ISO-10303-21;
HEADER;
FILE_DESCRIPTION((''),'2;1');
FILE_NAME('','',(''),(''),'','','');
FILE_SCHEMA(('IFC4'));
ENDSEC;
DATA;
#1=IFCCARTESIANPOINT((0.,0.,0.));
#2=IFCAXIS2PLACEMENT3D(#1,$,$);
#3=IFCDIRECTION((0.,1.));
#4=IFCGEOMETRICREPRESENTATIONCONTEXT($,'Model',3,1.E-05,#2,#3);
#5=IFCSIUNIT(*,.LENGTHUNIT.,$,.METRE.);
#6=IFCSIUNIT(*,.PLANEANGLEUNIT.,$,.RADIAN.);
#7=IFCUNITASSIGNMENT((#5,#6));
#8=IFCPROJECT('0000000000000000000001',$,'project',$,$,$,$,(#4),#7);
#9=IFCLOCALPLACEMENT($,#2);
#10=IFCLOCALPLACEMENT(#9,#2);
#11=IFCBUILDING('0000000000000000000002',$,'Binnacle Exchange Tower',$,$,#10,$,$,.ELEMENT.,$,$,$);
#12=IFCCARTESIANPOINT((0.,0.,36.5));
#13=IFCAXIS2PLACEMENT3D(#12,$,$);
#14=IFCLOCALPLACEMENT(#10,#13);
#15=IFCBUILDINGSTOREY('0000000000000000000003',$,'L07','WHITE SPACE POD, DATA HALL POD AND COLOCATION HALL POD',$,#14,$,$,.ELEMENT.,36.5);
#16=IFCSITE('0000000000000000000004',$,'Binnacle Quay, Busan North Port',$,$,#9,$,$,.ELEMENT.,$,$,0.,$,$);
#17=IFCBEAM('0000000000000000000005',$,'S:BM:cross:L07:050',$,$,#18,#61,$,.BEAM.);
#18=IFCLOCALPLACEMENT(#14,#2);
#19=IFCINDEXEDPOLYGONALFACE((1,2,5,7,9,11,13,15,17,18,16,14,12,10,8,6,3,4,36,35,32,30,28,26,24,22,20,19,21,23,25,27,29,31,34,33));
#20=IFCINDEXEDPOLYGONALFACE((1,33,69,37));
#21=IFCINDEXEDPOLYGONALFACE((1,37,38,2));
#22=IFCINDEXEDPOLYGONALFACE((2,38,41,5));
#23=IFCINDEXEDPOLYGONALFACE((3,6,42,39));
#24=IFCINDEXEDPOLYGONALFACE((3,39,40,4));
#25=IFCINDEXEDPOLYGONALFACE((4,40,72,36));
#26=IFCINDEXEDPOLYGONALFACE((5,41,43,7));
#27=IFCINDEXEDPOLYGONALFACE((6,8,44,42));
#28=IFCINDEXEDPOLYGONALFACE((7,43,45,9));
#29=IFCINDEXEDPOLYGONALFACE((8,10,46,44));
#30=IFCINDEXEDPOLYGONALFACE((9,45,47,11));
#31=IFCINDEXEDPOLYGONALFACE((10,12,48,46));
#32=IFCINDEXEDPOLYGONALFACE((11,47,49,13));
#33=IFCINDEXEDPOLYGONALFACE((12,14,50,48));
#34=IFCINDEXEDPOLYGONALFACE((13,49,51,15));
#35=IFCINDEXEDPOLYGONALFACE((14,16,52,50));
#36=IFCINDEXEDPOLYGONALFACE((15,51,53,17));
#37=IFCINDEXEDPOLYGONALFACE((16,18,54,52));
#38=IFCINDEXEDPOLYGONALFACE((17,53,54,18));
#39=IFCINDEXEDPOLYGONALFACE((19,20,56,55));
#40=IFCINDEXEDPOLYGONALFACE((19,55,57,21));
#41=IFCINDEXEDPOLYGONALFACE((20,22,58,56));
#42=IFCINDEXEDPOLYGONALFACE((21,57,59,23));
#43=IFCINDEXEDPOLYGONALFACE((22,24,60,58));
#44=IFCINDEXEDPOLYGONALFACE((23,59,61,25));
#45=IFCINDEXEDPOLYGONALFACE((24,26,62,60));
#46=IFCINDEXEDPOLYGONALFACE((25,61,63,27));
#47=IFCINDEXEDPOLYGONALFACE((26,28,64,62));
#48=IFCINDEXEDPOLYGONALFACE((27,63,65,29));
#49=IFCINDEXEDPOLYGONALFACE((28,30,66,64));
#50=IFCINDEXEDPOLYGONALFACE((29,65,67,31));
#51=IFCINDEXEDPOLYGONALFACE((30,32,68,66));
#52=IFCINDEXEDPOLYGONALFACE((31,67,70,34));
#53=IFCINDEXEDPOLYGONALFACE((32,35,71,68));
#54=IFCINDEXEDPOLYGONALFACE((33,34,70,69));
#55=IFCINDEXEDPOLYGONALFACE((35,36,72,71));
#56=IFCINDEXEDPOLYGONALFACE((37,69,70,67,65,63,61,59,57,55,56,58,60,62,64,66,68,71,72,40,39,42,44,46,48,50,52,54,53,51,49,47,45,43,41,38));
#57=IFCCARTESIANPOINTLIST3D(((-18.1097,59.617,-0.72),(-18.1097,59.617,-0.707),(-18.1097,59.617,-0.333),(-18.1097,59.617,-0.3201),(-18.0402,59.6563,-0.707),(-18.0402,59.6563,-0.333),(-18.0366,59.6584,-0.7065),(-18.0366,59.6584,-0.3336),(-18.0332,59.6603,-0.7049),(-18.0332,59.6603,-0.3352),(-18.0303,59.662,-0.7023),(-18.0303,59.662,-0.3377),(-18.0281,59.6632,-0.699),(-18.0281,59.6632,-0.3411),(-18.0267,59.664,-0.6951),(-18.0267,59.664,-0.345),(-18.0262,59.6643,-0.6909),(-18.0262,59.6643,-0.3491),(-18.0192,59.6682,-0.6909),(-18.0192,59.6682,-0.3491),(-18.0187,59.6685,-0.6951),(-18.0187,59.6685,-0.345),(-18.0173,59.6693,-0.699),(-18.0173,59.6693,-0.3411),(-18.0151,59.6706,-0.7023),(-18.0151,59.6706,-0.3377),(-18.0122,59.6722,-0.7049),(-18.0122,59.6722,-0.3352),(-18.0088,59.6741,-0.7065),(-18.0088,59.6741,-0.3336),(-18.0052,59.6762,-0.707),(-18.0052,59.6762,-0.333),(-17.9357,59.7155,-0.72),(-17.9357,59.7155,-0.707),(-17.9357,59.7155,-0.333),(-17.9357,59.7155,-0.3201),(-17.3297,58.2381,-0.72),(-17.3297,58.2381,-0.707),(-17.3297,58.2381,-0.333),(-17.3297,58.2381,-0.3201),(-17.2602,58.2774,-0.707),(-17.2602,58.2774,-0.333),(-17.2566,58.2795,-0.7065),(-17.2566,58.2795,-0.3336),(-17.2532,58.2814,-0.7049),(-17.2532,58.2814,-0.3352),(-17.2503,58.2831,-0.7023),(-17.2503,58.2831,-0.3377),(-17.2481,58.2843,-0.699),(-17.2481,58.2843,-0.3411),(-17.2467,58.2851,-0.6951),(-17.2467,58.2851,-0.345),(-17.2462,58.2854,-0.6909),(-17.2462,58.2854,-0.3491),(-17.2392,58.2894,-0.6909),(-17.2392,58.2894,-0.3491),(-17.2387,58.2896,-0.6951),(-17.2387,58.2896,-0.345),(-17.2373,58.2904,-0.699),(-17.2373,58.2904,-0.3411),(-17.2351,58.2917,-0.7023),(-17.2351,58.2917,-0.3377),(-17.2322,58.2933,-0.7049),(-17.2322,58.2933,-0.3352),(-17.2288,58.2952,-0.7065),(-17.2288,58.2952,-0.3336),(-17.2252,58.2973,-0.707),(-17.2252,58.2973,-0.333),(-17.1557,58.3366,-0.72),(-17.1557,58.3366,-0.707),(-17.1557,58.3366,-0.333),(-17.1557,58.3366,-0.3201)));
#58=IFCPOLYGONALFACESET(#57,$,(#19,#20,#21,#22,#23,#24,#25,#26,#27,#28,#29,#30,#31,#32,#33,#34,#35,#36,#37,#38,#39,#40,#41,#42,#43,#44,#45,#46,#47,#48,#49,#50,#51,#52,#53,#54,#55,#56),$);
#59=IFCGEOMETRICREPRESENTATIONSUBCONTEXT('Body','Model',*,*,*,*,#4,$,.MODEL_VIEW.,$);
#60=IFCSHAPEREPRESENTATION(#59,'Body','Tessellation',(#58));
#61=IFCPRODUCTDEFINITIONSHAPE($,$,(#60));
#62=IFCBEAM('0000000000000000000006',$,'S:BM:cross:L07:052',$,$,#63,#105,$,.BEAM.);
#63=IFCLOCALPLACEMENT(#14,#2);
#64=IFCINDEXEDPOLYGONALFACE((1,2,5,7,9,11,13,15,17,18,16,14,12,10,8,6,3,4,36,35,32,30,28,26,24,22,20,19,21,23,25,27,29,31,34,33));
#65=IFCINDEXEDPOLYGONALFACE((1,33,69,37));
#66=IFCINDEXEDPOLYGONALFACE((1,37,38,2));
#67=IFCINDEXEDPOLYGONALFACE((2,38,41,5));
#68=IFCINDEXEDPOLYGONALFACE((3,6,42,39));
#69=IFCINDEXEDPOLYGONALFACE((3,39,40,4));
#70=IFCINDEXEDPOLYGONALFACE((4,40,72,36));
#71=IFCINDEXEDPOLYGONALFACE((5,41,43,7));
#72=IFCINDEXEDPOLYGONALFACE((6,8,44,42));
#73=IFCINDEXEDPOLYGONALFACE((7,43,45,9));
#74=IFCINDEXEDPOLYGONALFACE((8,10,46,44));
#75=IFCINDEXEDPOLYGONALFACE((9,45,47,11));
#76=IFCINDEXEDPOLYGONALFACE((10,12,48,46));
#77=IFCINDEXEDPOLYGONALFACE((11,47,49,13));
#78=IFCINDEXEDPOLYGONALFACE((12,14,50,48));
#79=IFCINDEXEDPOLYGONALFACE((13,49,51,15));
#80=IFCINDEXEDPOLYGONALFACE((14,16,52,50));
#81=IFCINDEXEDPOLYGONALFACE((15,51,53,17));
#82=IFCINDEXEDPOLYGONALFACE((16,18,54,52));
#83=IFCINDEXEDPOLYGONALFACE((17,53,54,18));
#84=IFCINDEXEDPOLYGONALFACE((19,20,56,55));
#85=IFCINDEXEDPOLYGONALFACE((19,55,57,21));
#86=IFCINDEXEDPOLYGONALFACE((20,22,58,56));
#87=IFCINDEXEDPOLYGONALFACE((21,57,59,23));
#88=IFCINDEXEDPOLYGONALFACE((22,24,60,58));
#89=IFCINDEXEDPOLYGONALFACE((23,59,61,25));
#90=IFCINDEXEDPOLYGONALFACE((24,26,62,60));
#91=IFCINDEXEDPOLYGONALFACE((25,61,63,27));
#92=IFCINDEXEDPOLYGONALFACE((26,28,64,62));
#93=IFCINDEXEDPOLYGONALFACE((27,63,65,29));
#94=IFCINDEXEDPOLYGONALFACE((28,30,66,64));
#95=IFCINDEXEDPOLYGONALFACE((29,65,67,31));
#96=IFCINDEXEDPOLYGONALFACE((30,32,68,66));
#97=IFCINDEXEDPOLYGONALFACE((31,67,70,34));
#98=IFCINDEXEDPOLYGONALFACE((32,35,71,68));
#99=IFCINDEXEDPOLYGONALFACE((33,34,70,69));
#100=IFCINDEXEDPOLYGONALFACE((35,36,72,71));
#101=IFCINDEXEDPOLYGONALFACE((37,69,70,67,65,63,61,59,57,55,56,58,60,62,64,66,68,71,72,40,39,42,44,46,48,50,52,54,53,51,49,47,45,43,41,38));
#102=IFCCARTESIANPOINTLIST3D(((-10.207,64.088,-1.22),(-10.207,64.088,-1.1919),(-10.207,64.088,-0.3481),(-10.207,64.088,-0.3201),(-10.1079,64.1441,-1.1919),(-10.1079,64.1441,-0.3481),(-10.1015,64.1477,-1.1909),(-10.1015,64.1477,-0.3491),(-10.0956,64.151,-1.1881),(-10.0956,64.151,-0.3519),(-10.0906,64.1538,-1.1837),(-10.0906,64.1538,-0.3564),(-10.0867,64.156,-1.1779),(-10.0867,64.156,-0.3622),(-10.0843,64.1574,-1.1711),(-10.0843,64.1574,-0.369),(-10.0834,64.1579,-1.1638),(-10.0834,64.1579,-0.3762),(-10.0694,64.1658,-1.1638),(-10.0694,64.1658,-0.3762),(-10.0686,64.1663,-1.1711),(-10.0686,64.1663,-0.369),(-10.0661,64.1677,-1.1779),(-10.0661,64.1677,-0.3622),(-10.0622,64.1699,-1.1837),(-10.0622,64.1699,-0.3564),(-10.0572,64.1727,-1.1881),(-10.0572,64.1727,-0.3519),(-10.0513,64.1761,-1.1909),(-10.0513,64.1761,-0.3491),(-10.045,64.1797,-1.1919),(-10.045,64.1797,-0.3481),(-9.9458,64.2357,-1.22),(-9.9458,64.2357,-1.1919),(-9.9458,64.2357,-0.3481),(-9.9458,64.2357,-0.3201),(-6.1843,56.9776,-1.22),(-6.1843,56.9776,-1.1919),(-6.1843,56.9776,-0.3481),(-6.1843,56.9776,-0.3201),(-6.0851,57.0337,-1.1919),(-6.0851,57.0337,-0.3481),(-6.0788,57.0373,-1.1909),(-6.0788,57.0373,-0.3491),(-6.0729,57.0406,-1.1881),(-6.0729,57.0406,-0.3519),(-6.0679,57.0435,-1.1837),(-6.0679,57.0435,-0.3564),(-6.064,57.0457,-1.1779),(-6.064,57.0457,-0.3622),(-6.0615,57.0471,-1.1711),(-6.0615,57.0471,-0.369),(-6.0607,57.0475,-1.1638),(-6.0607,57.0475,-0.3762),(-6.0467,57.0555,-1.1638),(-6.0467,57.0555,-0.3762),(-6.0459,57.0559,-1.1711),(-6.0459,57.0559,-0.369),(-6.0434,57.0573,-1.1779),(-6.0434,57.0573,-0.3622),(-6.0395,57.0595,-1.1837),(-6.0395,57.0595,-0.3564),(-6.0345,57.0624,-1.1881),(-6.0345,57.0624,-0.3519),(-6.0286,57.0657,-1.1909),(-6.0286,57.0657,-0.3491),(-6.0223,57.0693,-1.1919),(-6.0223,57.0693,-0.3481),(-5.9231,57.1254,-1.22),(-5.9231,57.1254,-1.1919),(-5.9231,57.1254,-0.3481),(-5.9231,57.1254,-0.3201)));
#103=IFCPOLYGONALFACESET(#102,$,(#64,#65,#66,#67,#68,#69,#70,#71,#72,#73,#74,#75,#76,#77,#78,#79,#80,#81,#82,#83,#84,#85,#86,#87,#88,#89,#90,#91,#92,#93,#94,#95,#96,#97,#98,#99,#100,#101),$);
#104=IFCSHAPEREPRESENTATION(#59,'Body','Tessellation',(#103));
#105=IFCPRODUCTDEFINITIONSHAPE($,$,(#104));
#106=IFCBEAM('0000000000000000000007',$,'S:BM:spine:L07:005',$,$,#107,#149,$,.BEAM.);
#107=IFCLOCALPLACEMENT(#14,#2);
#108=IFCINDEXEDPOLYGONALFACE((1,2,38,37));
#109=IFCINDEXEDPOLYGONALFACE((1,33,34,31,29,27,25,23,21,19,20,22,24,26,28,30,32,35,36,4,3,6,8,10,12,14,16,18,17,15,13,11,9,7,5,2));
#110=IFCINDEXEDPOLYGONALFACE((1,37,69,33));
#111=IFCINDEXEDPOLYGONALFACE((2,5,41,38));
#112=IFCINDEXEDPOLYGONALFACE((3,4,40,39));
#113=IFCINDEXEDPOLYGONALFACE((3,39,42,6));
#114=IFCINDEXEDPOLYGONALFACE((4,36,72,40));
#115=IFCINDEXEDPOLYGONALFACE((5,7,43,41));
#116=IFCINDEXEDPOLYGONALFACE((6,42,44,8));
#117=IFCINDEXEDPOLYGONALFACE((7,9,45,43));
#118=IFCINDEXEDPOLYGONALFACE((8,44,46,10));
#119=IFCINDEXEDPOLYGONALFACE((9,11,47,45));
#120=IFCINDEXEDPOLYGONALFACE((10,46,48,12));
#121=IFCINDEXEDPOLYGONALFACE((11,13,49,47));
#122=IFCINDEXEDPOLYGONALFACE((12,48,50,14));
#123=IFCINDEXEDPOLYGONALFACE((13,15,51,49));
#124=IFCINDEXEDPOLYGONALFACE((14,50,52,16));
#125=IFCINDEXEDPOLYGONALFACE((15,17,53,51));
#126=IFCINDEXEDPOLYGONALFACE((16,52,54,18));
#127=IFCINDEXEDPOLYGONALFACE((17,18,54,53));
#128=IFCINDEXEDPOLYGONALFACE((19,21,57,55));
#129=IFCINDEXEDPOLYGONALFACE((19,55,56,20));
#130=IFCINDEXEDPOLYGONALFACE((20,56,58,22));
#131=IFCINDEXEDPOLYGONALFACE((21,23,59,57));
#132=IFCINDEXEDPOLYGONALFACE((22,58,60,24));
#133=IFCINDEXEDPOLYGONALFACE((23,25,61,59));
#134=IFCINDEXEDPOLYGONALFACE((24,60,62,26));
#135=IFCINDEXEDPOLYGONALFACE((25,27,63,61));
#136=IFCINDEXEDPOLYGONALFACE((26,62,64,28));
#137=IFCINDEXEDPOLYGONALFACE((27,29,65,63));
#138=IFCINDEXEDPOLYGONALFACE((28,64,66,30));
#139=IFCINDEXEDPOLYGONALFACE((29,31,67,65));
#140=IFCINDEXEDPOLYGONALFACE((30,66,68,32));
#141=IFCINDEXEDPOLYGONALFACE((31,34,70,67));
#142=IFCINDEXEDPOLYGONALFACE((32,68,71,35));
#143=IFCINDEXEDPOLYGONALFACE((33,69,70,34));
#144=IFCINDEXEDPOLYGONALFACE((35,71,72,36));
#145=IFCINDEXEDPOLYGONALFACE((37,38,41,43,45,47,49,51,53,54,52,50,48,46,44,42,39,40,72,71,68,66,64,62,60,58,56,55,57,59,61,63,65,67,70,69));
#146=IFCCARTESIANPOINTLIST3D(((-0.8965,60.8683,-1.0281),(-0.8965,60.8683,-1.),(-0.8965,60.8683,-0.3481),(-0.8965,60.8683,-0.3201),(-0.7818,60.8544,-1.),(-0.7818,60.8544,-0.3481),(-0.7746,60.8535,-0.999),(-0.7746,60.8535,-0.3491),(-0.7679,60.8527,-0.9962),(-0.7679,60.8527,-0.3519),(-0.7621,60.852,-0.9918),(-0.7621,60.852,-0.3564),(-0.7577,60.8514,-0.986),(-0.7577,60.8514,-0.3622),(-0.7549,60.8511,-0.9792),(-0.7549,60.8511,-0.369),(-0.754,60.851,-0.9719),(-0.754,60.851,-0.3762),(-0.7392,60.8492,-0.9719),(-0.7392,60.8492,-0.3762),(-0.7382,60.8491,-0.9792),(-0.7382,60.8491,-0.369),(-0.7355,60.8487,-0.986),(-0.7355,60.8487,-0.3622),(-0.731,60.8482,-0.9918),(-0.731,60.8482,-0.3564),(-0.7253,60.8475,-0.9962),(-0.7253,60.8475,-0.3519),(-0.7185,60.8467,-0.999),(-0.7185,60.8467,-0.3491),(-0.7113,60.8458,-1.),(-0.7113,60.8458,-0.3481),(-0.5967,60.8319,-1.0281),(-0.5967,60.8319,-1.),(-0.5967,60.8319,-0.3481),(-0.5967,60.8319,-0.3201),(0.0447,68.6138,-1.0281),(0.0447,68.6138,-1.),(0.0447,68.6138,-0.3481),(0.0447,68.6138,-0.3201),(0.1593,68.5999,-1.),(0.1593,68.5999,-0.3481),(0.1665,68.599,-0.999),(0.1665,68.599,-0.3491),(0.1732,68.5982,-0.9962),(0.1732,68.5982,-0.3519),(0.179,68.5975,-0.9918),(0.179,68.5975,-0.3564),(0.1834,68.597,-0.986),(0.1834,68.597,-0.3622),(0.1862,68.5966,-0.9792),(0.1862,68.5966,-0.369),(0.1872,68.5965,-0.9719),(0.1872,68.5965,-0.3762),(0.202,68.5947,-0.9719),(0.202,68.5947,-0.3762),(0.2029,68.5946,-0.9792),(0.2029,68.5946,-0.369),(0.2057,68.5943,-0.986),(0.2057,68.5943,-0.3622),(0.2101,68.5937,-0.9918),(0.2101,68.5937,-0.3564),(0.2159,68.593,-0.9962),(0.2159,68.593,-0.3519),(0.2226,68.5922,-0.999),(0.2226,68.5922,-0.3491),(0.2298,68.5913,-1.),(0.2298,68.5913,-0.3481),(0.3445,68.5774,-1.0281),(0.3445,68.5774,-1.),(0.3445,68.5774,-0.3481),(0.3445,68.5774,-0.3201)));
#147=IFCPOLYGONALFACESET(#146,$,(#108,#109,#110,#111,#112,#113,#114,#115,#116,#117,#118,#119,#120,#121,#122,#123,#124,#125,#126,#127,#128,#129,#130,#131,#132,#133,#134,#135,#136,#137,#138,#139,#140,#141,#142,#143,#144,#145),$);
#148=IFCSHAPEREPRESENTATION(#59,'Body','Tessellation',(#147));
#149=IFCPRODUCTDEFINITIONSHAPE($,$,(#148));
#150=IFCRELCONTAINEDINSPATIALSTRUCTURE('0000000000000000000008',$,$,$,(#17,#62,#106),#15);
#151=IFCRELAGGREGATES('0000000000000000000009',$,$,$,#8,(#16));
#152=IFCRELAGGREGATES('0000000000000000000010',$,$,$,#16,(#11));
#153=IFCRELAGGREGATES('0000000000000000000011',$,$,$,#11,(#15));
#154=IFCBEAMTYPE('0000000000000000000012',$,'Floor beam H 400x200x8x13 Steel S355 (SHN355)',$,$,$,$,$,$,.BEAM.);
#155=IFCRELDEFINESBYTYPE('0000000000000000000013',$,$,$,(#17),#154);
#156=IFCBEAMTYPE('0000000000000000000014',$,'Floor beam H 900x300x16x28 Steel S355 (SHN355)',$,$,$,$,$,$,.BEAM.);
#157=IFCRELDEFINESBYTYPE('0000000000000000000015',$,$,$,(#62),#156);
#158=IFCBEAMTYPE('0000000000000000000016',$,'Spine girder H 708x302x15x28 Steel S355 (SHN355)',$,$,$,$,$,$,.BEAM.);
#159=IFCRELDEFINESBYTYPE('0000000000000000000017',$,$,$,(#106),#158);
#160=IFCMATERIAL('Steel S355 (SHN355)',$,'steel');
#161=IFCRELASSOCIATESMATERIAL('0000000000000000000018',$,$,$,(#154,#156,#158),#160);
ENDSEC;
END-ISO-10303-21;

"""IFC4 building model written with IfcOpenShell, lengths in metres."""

from ifc_helpers import new_model, si_unit, direction, frame, origin, origin_2d, place, context, subcontext, project, spatial, i_section, extrude, material, material_profile, profile_set, type_object, element, save


model = new_model("IFC4")

# Units and contexts
model_context = context("Model", 3, precision=1e-05, world=origin(), true_north=direction((0.0, 1.0)))
body_context = subcontext(model_context, "Body", "Model", "MODEL_VIEW")
ifc_project = project(units=[si_unit("LENGTHUNIT", "METRE"), si_unit("PLANEANGLEUNIT", "RADIAN")], contexts=[model_context])

# Site, building, storey
site_placement = place(None, origin())
site = spatial("IfcSite", under=ifc_project, at=site_placement, Name="Binnacle Quay, Busan North Port", CompositionType="ELEMENT", RefElevation=0.0)
building_placement = place(site_placement, origin())
building = spatial("IfcBuilding", under=site, at=building_placement, Name="Binnacle Exchange Tower", CompositionType="ELEMENT")
storey_placement = place(building_placement, frame((0.0, 0.0, 36.5)))
storey = spatial("IfcBuildingStorey", under=building, at=storey_placement, Name="L07", Description="WHITE SPACE POD, DATA HALL POD AND COLOCATION HALL POD", CompositionType="ELEMENT", Elevation=36.5)

# Beams
ifc_material_1 = material(Name="Steel S355 (SHN355)", Category="steel")
ifc_material_profile_1 = material_profile(ifc_material_1, i_section(OverallWidth=0.2, OverallDepth=0.3999, WebThickness=0.0081, FlangeThickness=0.0129, FilletRadius=0.0161, at=origin_2d()), Name="H 400x200x8x13")
ifc_profile_set_1 = profile_set([ifc_material_profile_1], Name="Steel S355 (SHN355)")
beam_type_1 = type_object("IfcBeamType", Name="Floor beam H 400x200x8x13 Steel S355 (SHN355)", PredefinedType="BEAM", material=ifc_profile_set_1)
beam_1_placement = place(storey_placement, frame((-18.0227, 59.6663, -0.52), z_axis=(0.492367, -0.870388, 0.0), x_axis=(0.870388, 0.492367, 0.0)))
element("IfcBeam", 1, at=beam_1_placement, inside=storey, type_object=beam_type_1, Name="S:BM:cross:L07:050", PredefinedType="BEAM", context=body_context, shape_type="SweptSolid", body=[
    extrude(i_section(OverallWidth=0.2, OverallDepth=0.3999, WebThickness=0.0081, FlangeThickness=0.0129, FilletRadius=0.0161, at=origin_2d()), origin(), (0.0, 0.0, 1.0), 1.5842),
])
ifc_material_profile_2 = material_profile(ifc_material_1, i_section(OverallWidth=0.3, OverallDepth=0.8999, WebThickness=0.0161, FlangeThickness=0.0281, FilletRadius=0.0281, at=origin_2d()), Name="H 900x300x16x28")
ifc_profile_set_2 = profile_set([ifc_material_profile_2], Name="Steel S355 (SHN355)")
beam_type_2 = type_object("IfcBeamType", Name="Floor beam H 900x300x16x28 Steel S355 (SHN355)", PredefinedType="BEAM", material=ifc_profile_set_2)
beam_2_placement = place(storey_placement, frame((-10.0764, 64.1619, -0.77), z_axis=(0.492411, -0.870363, 0.0), x_axis=(0.870363, 0.492411, 0.0)))
element("IfcBeam", 2, at=beam_2_placement, inside=storey, type_object=beam_type_2, Name="S:BM:cross:L07:052", PredefinedType="BEAM", context=body_context, shape_type="SweptSolid", body=[
    extrude(i_section(OverallWidth=0.3, OverallDepth=0.8999, WebThickness=0.0161, FlangeThickness=0.0281, FilletRadius=0.0281, at=origin_2d()), origin(), (0.0, 0.0, 1.0), 8.1694),
])
ifc_material_profile_3 = material_profile(ifc_material_1, i_section(OverallWidth=0.302, OverallDepth=0.708, WebThickness=0.0149, FlangeThickness=0.0281, FilletRadius=0.0281, at=origin_2d()), Name="H 708x302x15x28")
ifc_profile_set_3 = profile_set([ifc_material_profile_3], Name="Steel S355 (SHN355)")
beam_type_3 = type_object("IfcBeamType", Name="Spine girder H 708x302x15x28 Steel S355 (SHN355)", PredefinedType="BEAM", material=ifc_profile_set_3)
beam_3_placement = place(storey_placement, frame((-0.7466, 60.8501, -0.6741), z_axis=(0.120622, 0.992699, 0.0), x_axis=(-0.992699, 0.120622, 0.0)))
element("IfcBeam", 3, at=beam_3_placement, inside=storey, type_object=beam_type_3, Name="S:BM:spine:L07:005", PredefinedType="BEAM", context=body_context, shape_type="SweptSolid", body=[
    extrude(i_section(OverallWidth=0.302, OverallDepth=0.708, WebThickness=0.0149, FlangeThickness=0.0281, FilletRadius=0.0281, at=origin_2d()), origin(), (0.0, 0.0, 1.0), 7.8025),
])

save(model, "model.ifc")
